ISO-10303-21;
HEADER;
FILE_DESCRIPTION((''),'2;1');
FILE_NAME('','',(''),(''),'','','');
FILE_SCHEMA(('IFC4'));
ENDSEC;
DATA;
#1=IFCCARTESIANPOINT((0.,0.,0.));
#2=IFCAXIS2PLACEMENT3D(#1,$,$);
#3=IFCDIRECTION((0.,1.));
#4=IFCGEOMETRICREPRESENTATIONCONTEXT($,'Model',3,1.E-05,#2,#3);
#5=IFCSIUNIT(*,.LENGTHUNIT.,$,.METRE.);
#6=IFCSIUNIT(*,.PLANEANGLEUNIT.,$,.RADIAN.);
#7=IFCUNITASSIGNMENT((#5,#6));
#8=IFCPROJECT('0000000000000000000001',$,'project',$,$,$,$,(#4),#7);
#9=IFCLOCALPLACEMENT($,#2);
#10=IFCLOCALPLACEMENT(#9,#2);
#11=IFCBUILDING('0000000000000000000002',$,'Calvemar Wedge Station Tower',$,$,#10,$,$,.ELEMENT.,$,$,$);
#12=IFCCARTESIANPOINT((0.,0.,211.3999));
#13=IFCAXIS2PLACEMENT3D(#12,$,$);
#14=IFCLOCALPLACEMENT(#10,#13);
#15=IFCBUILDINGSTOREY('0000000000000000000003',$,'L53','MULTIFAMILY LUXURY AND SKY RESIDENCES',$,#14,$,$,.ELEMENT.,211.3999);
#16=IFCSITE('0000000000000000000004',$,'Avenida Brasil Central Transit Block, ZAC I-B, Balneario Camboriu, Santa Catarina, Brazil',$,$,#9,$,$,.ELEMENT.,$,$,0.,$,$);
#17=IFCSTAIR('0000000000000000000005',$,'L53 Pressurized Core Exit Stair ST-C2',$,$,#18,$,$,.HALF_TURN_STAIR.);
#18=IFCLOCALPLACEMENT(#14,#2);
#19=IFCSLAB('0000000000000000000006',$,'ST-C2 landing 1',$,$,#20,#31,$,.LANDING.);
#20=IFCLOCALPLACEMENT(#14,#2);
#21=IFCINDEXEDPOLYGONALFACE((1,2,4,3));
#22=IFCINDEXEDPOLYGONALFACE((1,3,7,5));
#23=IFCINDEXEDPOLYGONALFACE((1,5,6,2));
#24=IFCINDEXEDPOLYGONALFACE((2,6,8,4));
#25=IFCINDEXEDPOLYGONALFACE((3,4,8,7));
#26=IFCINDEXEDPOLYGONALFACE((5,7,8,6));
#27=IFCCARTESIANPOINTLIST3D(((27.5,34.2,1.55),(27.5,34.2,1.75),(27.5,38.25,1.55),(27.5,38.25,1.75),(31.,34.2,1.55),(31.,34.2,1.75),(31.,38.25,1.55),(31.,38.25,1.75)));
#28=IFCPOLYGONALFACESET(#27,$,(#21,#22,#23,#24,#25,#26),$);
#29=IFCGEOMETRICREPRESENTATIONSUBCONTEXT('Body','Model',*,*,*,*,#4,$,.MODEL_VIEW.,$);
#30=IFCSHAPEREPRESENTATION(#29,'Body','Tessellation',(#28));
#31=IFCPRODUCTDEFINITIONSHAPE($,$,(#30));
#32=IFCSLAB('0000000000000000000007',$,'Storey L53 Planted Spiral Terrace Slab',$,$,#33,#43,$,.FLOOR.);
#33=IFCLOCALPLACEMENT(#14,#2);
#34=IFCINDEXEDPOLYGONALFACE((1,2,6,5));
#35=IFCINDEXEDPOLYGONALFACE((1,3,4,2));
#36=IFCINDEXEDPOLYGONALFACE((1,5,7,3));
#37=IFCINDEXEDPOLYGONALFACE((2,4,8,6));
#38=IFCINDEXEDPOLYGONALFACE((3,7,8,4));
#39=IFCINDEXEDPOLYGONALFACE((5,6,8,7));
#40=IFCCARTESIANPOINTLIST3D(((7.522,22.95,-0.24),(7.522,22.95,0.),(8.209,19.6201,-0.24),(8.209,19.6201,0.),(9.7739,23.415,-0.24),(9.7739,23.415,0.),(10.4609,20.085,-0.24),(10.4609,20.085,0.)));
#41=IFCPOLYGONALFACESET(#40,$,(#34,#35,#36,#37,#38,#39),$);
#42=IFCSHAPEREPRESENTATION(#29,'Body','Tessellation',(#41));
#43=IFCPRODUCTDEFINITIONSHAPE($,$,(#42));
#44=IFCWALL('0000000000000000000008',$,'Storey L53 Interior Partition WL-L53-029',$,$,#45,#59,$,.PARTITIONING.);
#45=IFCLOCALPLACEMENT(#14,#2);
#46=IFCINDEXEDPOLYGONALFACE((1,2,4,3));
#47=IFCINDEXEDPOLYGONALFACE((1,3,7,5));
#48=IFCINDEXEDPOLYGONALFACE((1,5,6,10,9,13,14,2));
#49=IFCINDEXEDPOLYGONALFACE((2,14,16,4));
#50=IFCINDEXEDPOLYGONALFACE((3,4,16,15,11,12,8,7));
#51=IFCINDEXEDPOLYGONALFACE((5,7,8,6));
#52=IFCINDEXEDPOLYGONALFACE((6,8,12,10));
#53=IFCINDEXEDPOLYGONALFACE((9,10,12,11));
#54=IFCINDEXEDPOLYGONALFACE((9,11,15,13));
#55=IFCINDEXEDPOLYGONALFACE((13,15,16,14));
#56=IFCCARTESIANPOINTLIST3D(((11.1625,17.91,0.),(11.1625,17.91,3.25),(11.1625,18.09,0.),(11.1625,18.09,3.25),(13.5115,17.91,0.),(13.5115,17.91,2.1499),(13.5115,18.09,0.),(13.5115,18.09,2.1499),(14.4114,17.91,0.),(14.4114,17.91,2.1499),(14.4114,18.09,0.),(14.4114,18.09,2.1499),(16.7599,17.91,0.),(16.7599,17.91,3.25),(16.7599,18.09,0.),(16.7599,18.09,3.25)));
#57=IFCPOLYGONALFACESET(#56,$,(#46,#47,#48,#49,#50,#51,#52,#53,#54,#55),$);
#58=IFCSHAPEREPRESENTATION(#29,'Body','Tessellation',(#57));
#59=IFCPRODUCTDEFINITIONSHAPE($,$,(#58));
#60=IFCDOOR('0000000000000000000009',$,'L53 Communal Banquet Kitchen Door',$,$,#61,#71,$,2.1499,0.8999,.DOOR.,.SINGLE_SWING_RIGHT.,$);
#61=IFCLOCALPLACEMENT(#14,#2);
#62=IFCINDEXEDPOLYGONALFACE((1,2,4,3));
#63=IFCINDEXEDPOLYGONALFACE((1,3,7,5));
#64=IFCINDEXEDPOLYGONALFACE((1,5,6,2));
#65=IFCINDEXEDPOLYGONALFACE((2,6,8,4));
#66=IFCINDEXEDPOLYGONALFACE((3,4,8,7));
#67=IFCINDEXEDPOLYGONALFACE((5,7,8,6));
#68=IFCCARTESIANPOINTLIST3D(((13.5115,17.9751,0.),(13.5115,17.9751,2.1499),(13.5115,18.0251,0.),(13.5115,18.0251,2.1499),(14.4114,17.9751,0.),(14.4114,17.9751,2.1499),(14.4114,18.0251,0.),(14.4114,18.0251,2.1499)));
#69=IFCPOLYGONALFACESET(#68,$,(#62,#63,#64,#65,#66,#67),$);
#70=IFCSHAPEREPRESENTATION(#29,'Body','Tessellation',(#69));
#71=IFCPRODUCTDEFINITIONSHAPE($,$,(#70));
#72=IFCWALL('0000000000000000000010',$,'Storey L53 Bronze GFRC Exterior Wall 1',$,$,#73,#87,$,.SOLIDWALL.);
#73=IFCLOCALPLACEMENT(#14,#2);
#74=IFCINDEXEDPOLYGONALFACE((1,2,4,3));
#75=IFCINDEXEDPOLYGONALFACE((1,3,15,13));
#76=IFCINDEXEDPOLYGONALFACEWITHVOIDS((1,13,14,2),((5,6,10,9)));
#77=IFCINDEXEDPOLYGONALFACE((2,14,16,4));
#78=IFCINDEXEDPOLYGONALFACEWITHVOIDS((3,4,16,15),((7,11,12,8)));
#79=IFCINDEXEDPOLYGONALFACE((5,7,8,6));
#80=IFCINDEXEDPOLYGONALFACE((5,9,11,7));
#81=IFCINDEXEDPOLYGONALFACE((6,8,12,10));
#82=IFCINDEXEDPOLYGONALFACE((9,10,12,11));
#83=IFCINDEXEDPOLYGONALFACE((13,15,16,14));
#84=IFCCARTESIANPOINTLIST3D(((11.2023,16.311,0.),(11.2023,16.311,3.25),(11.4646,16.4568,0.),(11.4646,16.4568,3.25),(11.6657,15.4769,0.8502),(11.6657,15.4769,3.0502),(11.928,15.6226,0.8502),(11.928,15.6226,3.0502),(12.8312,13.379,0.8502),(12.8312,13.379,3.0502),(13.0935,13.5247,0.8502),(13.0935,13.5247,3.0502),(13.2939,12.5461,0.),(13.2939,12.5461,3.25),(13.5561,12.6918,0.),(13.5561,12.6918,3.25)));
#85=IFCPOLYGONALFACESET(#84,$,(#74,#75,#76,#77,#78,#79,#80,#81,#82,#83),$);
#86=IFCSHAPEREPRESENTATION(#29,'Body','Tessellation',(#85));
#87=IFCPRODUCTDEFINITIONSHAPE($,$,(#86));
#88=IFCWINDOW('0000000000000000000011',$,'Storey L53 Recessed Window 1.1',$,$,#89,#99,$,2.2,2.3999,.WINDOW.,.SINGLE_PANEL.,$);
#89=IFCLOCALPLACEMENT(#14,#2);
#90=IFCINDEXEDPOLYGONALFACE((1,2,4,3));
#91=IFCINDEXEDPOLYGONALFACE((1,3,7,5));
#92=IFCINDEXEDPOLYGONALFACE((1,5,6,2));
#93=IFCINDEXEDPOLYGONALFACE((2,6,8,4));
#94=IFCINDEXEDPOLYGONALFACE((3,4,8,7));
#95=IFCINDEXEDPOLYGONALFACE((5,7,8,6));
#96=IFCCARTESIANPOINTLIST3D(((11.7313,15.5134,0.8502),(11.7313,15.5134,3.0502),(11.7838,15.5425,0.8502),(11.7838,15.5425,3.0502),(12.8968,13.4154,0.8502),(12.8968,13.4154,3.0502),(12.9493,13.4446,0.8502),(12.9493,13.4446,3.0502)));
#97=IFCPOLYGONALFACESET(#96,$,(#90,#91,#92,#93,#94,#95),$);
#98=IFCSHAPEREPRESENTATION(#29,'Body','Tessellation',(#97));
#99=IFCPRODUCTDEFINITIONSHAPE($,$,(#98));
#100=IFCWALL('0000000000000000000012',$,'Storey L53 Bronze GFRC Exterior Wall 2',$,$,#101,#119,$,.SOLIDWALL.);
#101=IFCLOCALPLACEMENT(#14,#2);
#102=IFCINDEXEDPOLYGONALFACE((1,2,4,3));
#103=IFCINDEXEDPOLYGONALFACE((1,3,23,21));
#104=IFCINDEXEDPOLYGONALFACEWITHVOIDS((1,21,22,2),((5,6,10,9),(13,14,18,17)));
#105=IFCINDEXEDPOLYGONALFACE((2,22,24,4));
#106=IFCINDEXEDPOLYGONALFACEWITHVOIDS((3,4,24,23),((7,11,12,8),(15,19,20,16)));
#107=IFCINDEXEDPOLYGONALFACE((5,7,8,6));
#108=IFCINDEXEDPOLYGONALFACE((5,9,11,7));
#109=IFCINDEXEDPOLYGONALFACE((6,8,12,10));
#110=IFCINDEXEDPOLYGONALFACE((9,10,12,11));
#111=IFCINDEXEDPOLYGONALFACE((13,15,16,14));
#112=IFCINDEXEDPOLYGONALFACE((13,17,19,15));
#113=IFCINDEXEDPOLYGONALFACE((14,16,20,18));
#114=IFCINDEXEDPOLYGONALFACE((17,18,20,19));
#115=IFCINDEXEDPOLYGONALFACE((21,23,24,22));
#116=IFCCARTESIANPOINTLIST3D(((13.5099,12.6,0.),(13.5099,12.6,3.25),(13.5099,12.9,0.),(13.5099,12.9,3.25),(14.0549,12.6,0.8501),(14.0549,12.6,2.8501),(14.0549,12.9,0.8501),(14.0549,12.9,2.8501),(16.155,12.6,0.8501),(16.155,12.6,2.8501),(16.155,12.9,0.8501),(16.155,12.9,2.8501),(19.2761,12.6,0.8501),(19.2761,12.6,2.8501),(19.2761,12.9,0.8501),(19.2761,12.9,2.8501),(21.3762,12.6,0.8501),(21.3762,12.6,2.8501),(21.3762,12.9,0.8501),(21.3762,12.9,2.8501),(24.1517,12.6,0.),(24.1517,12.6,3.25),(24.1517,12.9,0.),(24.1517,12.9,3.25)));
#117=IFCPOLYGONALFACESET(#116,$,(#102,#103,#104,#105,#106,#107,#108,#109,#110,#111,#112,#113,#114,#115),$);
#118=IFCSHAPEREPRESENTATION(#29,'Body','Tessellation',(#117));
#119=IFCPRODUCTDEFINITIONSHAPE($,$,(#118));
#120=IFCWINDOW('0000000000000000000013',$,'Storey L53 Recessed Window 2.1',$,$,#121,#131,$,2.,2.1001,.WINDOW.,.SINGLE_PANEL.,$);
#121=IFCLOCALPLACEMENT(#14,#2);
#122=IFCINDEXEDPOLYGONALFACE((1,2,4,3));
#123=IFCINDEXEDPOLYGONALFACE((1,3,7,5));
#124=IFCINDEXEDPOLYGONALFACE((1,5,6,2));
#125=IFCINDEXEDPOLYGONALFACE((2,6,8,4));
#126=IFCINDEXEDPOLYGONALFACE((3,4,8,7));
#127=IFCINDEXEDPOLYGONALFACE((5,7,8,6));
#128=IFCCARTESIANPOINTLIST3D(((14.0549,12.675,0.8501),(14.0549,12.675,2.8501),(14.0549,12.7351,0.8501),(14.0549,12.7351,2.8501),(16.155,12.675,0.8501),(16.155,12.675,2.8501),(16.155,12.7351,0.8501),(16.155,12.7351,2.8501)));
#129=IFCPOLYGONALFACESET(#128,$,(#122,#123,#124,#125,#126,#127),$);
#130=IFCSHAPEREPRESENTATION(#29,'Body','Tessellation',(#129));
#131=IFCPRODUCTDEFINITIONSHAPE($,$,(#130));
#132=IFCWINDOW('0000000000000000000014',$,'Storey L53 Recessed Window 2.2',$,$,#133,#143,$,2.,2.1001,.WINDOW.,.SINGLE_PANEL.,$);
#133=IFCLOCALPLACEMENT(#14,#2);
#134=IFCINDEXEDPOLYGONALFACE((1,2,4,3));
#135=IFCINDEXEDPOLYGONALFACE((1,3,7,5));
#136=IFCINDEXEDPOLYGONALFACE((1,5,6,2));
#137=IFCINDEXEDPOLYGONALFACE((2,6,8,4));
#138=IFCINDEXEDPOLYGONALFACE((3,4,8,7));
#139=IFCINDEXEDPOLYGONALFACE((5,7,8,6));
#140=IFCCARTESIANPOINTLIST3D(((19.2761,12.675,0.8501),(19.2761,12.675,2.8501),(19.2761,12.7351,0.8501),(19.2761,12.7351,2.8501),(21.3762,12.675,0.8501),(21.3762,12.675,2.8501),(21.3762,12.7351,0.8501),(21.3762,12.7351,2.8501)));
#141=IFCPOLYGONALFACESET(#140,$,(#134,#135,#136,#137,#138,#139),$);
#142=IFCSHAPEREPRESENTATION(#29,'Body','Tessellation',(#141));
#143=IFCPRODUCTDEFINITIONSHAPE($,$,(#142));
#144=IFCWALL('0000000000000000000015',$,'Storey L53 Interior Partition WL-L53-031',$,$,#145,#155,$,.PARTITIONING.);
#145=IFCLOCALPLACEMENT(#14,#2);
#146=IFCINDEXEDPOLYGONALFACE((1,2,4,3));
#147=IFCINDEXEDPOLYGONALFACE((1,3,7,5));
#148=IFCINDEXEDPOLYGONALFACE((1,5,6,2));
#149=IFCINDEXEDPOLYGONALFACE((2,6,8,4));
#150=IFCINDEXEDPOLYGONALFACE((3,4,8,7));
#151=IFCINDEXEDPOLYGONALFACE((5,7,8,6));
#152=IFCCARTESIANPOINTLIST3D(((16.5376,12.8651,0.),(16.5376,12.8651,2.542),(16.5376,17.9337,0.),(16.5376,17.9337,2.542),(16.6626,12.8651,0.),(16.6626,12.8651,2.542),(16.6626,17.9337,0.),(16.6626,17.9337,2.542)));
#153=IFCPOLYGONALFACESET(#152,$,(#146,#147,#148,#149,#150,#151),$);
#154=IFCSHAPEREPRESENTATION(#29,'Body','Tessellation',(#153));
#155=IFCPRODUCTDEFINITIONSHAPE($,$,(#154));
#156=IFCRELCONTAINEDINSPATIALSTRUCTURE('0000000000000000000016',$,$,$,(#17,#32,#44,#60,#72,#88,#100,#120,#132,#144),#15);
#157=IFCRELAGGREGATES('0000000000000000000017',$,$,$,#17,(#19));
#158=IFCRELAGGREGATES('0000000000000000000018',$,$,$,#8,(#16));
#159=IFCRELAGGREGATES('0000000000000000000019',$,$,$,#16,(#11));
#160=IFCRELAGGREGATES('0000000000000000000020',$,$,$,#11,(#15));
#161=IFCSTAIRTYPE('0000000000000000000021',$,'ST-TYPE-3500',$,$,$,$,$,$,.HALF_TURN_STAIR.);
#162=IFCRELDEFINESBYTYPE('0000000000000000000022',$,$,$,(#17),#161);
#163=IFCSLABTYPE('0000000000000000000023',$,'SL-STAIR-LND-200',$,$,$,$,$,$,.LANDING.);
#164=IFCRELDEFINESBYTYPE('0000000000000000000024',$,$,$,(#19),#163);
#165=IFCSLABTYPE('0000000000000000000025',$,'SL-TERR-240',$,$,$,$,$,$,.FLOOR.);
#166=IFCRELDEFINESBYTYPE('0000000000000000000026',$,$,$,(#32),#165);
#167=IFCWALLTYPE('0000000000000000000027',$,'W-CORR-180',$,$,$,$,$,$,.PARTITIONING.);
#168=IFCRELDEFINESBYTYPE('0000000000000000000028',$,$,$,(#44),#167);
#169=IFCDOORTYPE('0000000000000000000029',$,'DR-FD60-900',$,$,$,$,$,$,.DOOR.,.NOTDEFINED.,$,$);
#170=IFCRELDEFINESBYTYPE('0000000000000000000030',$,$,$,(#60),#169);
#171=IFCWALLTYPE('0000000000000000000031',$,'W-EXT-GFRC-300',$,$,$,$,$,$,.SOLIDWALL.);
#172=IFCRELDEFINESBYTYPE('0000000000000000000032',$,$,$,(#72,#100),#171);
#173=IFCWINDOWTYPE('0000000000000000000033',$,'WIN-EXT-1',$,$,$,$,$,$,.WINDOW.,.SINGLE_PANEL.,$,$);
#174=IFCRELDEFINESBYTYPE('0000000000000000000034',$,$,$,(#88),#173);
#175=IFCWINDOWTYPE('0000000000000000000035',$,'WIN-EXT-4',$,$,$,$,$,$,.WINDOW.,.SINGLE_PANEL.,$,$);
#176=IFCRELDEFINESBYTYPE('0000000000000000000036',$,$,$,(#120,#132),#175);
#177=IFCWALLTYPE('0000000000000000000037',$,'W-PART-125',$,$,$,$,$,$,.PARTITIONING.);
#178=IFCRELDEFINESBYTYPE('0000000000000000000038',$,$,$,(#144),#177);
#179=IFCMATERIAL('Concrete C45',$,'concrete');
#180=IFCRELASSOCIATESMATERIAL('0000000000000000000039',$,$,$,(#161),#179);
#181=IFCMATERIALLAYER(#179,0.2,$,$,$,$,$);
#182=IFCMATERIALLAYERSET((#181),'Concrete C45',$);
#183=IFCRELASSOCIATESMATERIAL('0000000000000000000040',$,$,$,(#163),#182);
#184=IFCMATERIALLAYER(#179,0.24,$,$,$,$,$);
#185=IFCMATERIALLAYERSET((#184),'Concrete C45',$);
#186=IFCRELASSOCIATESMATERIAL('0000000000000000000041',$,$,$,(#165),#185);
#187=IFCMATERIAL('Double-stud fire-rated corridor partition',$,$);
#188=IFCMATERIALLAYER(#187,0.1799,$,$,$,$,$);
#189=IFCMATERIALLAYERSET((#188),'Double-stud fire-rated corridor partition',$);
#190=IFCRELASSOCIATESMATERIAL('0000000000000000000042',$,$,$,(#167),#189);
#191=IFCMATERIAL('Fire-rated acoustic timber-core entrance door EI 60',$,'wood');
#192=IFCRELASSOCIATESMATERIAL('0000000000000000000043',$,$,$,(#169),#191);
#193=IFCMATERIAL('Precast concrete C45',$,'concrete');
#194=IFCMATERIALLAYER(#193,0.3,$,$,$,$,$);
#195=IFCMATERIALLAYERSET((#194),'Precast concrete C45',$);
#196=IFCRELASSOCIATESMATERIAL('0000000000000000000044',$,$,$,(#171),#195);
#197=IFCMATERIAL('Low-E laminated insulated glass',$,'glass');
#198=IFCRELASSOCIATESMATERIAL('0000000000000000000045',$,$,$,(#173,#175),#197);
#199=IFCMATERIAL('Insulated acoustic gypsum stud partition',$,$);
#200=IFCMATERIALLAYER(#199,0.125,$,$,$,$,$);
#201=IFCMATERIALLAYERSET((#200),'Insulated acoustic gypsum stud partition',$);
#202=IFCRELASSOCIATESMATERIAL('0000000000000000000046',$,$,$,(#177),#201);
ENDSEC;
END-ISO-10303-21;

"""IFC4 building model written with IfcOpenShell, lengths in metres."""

from ifc_helpers import new_model, si_unit, direction, frame, frame_2d, origin, place, context, subcontext, project, spatial, polyline, rectangle, outline, extrude, source, transform, mapped, material, layer, layer_set, type_object, element, fill, aggregate, save


model = new_model("IFC4")

# Units and contexts
model_context = context("Model", 3, precision=1e-05, world=origin(), true_north=direction((0.0, 1.0)))
body_context = subcontext(model_context, "Body", "Model", "MODEL_VIEW")
ifc_project = project(units=[si_unit("LENGTHUNIT", "METRE"), si_unit("PLANEANGLEUNIT", "RADIAN")], contexts=[model_context])

# Site, building, storey
site_placement = place(None, origin())
site = spatial("IfcSite", under=ifc_project, at=site_placement, Name="Avenida Brasil Central Transit Block, ZAC I-B, Balneario Camboriu, Santa Catarina, Brazil", CompositionType="ELEMENT", RefElevation=0.0)
building_placement = place(site_placement, origin())
building = spatial("IfcBuilding", under=site, at=building_placement, Name="Calvemar Wedge Station Tower", CompositionType="ELEMENT")
storey_placement = place(building_placement, frame((0.0, 0.0, 211.3999)))
storey = spatial("IfcBuildingStorey", under=building, at=storey_placement, Name="L53", Description="MULTIFAMILY LUXURY AND SKY RESIDENCES", CompositionType="ELEMENT", Elevation=211.3999)

# Stair, slab
ifc_material_1 = material(Name="Concrete C45", Category="concrete")
stair_type = type_object("IfcStairType", Name="ST-TYPE-3500", PredefinedType="HALF_TURN_STAIR", material=ifc_material_1)
ifc_layer_1 = layer(ifc_material_1, 0.2)
ifc_layer_set_1 = layer_set([ifc_layer_1], Name="Concrete C45")
slab_type_1 = type_object("IfcSlabType", Name="SL-STAIR-LND-200", PredefinedType="LANDING", material=ifc_layer_set_1)
stair_1_placement = place(storey_placement, origin())
stair_1 = element("IfcStair", 1, at=stair_1_placement, inside=storey, type_object=stair_type, Name="L53 Pressurized Core Exit Stair ST-C2", PredefinedType="HALF_TURN_STAIR")
slab_1_placement = place(storey_placement, frame((0.0, 0.0, 1.55)))
slab_1 = element("IfcSlab", 2, at=slab_1_placement, type_object=slab_type_1, Name="ST-C2 landing 1", PredefinedType="LANDING", context=body_context, shape_type="SweptSolid", body=[
    extrude(outline(polyline([(27.5, 38.25), (27.5, 34.2), (31.0, 34.2), (31.0, 38.25), (27.5, 38.25)])), origin(), (0.0, 0.0, 1.0), 0.2),
])
aggregate(stair_1, [slab_1])

# Slab
ifc_layer_2 = layer(ifc_material_1, 0.24)
ifc_layer_set_2 = layer_set([ifc_layer_2], Name="Concrete C45")
slab_type_2 = type_object("IfcSlabType", Name="SL-TERR-240", PredefinedType="FLOOR", material=ifc_layer_set_2)
slab_2_placement = place(storey_placement, frame((0.0, 0.0, -0.24)))
element("IfcSlab", 3, at=slab_2_placement, inside=storey, type_object=slab_type_2, Name="Storey L53 Planted Spiral Terrace Slab", PredefinedType="FLOOR", context=body_context, shape_type="SweptSolid", body=[
    extrude(outline(polyline([(9.7739, 23.415), (7.522, 22.95), (8.209, 19.6201), (10.4609, 20.085), (9.7739, 23.415)])), origin(), (0.0, 0.0, 1.0), 0.24),
])

# Wall, opening, door
ifc_material_2 = material(Name="Double-stud fire-rated corridor partition")
ifc_layer_3 = layer(ifc_material_2, 0.1799)
ifc_layer_set_3 = layer_set([ifc_layer_3], Name="Double-stud fire-rated corridor partition")
wall_type_1 = type_object("IfcWallType", Name="W-CORR-180", PredefinedType="PARTITIONING", material=ifc_layer_set_3)
wall_1_placement = place(storey_placement, frame((16.76, 18.0, 0.0), z_axis=(0.0, 0.0, 1.0), x_axis=(-1.0, 0.0, 0.0)))
wall_1 = element("IfcWall", 4, at=wall_1_placement, inside=storey, type_object=wall_type_1, Name="Storey L53 Interior Partition WL-L53-029", PredefinedType="PARTITIONING", context=body_context, shape_type="SweptSolid", body=[
    extrude(rectangle(XDim=5.5974, YDim=0.1799, at=frame_2d((2.7988, 0.0))), origin(), (0.0, 0.0, 1.0), 3.25),
])
shared_shape_1 = source(origin(), body_context, "Body", "SweptSolid", [
    extrude(rectangle(XDim=0.8999, YDim=2.1499, at=frame_2d((0.45, 1.075))), frame((0.0, 0.1001, 0.0), z_axis=(0.0, -1.0, 0.0), x_axis=(1.0, 0.0, 0.0)), (0.0, 0.0, 1.0), 0.2),
])
opening_1_placement = place(wall_1_placement, frame((2.3486, 0.0, 0.0)))
opening_1 = element("IfcOpeningElement", 5, at=opening_1_placement, cuts=wall_1, PredefinedType="OPENING", context=body_context, shape_type="MappedRepresentation", body=[
    mapped(shared_shape_1, transform((0.0, 0.0, 0.0), scale=1.0)),
])
ifc_material_3 = material(Name="Fire-rated acoustic timber-core entrance door EI 60", Category="wood")
door_type = type_object("IfcDoorType", Name="DR-FD60-900", OperationType="NOTDEFINED", PredefinedType="DOOR", material=ifc_material_3)
shared_shape_2 = source(origin(), body_context, "Body", "SweptSolid", [
    extrude(rectangle(XDim=0.8999, YDim=2.1499, at=frame_2d((0.45, 1.075))), frame((0.0, 0.0249, 0.0), z_axis=(0.0, -1.0, 0.0), x_axis=(1.0, 0.0, 0.0)), (0.0, 0.0, 1.0), 0.05),
])
door_placement = place(opening_1_placement, origin())
door = element("IfcDoor", 6, at=door_placement, inside=storey, type_object=door_type, Name="L53 Communal Banquet Kitchen Door", OperationType="SINGLE_SWING_RIGHT", OverallHeight=2.1499, OverallWidth=0.8999, PredefinedType="DOOR", context=body_context, shape_type="MappedRepresentation", body=[
    mapped(shared_shape_2, transform((0.0, 0.0, 0.0), scale=1.0)),
])
fill(opening_1, door)

# Wall, opening, window
ifc_material_4 = material(Name="Precast concrete C45", Category="concrete")
ifc_layer_4 = layer(ifc_material_4, 0.3)
ifc_layer_set_4 = layer_set([ifc_layer_4], Name="Precast concrete C45")
wall_type_2 = type_object("IfcWallType", Name="W-EXT-GFRC-300", PredefinedType="SOLIDWALL", material=ifc_layer_set_4)
wall_2_placement = place(storey_placement, frame((11.3335, 16.3838, 0.0), z_axis=(0.0, 0.0, 1.0), x_axis=(0.485633, -0.874163, 0.0)))
wall_2 = element("IfcWall", 7, at=wall_2_placement, inside=storey, type_object=wall_type_2, Name="Storey L53 Bronze GFRC Exterior Wall 1", PredefinedType="SOLIDWALL", context=body_context, shape_type="SweptSolid", body=[
    extrude(rectangle(XDim=4.3069, YDim=0.3, at=frame_2d((2.1533, 0.0))), origin(), (0.0, 0.0, 1.0), 3.25),
])
shared_shape_3 = source(origin(), body_context, "Body", "SweptSolid", [
    extrude(rectangle(XDim=2.3999, YDim=2.2, at=frame_2d((1.2, 1.1001))), frame((0.0, 0.1602, 0.0), z_axis=(0.0, -1.0, 0.0), x_axis=(1.0, 0.0, 0.0)), (0.0, 0.0, 1.0), 0.3201),
])
opening_2_placement = place(wall_2_placement, frame((0.9541, 0.0, 0.8501)))
opening_2 = element("IfcOpeningElement", 8, at=opening_2_placement, cuts=wall_2, PredefinedType="OPENING", context=body_context, shape_type="MappedRepresentation", body=[
    mapped(shared_shape_3, transform((0.0, 0.0, 0.0), scale=1.0)),
])
ifc_material_5 = material(Name="Low-E laminated insulated glass", Category="glass")
window_type_1 = type_object("IfcWindowType", Name="WIN-EXT-1", PartitioningType="SINGLE_PANEL", PredefinedType="WINDOW", material=ifc_material_5)
shared_shape_4 = source(origin(), body_context, "Body", "SweptSolid", [
    extrude(rectangle(XDim=2.3999, YDim=2.2, at=frame_2d((1.2, 1.1001))), frame((0.0, -0.0149, 0.0), z_axis=(0.0, -1.0, 0.0), x_axis=(1.0, 0.0, 0.0)), (0.0, 0.0, 1.0), 0.0601),
])
window_1_placement = place(opening_2_placement, origin())
window_1 = element("IfcWindow", 9, at=window_1_placement, inside=storey, type_object=window_type_1, Name="Storey L53 Recessed Window 1.1", OverallHeight=2.2, OverallWidth=2.3999, PartitioningType="SINGLE_PANEL", PredefinedType="WINDOW", context=body_context, shape_type="MappedRepresentation", body=[
    mapped(shared_shape_4, transform((0.0, 0.0, 0.0), scale=1.0)),
])
fill(opening_2, window_1)

# Wall, openings, windows
wall_3_placement = place(storey_placement, frame((13.51, 12.75, 0.0), z_axis=(0.0, 0.0, 1.0), x_axis=(1.0, 0.0, 0.0)))
wall_3 = element("IfcWall", 10, at=wall_3_placement, inside=storey, type_object=wall_type_2, Name="Storey L53 Bronze GFRC Exterior Wall 2", PredefinedType="SOLIDWALL", context=body_context, shape_type="SweptSolid", body=[
    extrude(rectangle(XDim=10.6418, YDim=0.3, at=frame_2d((5.3208, 0.0))), origin(), (0.0, 0.0, 1.0), 3.25),
])
shared_shape_5 = source(origin(), body_context, "Body", "SweptSolid", [
    extrude(rectangle(XDim=2.1001, YDim=2.0, at=frame_2d((1.05, 1.0))), frame((0.0, 0.1602, 0.0), z_axis=(0.0, -1.0, 0.0), x_axis=(1.0, 0.0, 0.0)), (0.0, 0.0, 1.0), 0.3201),
])
opening_3_placement = place(wall_3_placement, frame((0.5449, 0.0, 0.8501)))
opening_3 = element("IfcOpeningElement", 11, at=opening_3_placement, cuts=wall_3, PredefinedType="OPENING", context=body_context, shape_type="MappedRepresentation", body=[
    mapped(shared_shape_5, transform((0.0, 0.0, 0.0), scale=1.0)),
])
opening_4_placement = place(wall_3_placement, frame((5.7661, 0.0, 0.8501)))
opening_4 = element("IfcOpeningElement", 12, at=opening_4_placement, cuts=wall_3, PredefinedType="OPENING", context=body_context, shape_type="MappedRepresentation", body=[
    mapped(shared_shape_5, transform((0.0, 0.0, 0.0), scale=1.0)),
])
window_type_2 = type_object("IfcWindowType", Name="WIN-EXT-4", PartitioningType="SINGLE_PANEL", PredefinedType="WINDOW", material=ifc_material_5)
shared_shape_6 = source(origin(), body_context, "Body", "SweptSolid", [
    extrude(rectangle(XDim=2.1001, YDim=2.0, at=frame_2d((1.05, 1.0))), frame((0.0, -0.0149, 0.0), z_axis=(0.0, -1.0, 0.0), x_axis=(1.0, 0.0, 0.0)), (0.0, 0.0, 1.0), 0.0601),
])
window_2_placement = place(opening_3_placement, origin())
window_2 = element("IfcWindow", 13, at=window_2_placement, inside=storey, type_object=window_type_2, Name="Storey L53 Recessed Window 2.1", OverallHeight=2.0, OverallWidth=2.1001, PartitioningType="SINGLE_PANEL", PredefinedType="WINDOW", context=body_context, shape_type="MappedRepresentation", body=[
    mapped(shared_shape_6, transform((0.0, 0.0, 0.0), scale=1.0)),
])
fill(opening_3, window_2)
window_3_placement = place(opening_4_placement, origin())
window_3 = element("IfcWindow", 14, at=window_3_placement, inside=storey, type_object=window_type_2, Name="Storey L53 Recessed Window 2.2", OverallHeight=2.0, OverallWidth=2.1001, PartitioningType="SINGLE_PANEL", PredefinedType="WINDOW", context=body_context, shape_type="MappedRepresentation", body=[
    mapped(shared_shape_6, transform((0.0, 0.0, 0.0), scale=1.0)),
])
fill(opening_4, window_3)

# Wall
ifc_material_6 = material(Name="Insulated acoustic gypsum stud partition")
ifc_layer_5 = layer(ifc_material_6, 0.125)
ifc_layer_set_5 = layer_set([ifc_layer_5], Name="Insulated acoustic gypsum stud partition")
wall_type_3 = type_object("IfcWallType", Name="W-PART-125", PredefinedType="PARTITIONING", material=ifc_layer_set_5)
wall_4_placement = place(storey_placement, frame((16.6001, 17.9336, 0.0), z_axis=(0.0, 0.0, 1.0), x_axis=(0.0, -1.0, 0.0)))
element("IfcWall", 15, at=wall_4_placement, inside=storey, type_object=wall_type_3, Name="Storey L53 Interior Partition WL-L53-031", PredefinedType="PARTITIONING", context=body_context, shape_type="SweptSolid", body=[
    extrude(rectangle(XDim=5.0686, YDim=0.125, at=frame_2d((2.5342, 0.0))), origin(), (0.0, 0.0, 1.0), 2.542),
])

save(model, "model.ifc")
